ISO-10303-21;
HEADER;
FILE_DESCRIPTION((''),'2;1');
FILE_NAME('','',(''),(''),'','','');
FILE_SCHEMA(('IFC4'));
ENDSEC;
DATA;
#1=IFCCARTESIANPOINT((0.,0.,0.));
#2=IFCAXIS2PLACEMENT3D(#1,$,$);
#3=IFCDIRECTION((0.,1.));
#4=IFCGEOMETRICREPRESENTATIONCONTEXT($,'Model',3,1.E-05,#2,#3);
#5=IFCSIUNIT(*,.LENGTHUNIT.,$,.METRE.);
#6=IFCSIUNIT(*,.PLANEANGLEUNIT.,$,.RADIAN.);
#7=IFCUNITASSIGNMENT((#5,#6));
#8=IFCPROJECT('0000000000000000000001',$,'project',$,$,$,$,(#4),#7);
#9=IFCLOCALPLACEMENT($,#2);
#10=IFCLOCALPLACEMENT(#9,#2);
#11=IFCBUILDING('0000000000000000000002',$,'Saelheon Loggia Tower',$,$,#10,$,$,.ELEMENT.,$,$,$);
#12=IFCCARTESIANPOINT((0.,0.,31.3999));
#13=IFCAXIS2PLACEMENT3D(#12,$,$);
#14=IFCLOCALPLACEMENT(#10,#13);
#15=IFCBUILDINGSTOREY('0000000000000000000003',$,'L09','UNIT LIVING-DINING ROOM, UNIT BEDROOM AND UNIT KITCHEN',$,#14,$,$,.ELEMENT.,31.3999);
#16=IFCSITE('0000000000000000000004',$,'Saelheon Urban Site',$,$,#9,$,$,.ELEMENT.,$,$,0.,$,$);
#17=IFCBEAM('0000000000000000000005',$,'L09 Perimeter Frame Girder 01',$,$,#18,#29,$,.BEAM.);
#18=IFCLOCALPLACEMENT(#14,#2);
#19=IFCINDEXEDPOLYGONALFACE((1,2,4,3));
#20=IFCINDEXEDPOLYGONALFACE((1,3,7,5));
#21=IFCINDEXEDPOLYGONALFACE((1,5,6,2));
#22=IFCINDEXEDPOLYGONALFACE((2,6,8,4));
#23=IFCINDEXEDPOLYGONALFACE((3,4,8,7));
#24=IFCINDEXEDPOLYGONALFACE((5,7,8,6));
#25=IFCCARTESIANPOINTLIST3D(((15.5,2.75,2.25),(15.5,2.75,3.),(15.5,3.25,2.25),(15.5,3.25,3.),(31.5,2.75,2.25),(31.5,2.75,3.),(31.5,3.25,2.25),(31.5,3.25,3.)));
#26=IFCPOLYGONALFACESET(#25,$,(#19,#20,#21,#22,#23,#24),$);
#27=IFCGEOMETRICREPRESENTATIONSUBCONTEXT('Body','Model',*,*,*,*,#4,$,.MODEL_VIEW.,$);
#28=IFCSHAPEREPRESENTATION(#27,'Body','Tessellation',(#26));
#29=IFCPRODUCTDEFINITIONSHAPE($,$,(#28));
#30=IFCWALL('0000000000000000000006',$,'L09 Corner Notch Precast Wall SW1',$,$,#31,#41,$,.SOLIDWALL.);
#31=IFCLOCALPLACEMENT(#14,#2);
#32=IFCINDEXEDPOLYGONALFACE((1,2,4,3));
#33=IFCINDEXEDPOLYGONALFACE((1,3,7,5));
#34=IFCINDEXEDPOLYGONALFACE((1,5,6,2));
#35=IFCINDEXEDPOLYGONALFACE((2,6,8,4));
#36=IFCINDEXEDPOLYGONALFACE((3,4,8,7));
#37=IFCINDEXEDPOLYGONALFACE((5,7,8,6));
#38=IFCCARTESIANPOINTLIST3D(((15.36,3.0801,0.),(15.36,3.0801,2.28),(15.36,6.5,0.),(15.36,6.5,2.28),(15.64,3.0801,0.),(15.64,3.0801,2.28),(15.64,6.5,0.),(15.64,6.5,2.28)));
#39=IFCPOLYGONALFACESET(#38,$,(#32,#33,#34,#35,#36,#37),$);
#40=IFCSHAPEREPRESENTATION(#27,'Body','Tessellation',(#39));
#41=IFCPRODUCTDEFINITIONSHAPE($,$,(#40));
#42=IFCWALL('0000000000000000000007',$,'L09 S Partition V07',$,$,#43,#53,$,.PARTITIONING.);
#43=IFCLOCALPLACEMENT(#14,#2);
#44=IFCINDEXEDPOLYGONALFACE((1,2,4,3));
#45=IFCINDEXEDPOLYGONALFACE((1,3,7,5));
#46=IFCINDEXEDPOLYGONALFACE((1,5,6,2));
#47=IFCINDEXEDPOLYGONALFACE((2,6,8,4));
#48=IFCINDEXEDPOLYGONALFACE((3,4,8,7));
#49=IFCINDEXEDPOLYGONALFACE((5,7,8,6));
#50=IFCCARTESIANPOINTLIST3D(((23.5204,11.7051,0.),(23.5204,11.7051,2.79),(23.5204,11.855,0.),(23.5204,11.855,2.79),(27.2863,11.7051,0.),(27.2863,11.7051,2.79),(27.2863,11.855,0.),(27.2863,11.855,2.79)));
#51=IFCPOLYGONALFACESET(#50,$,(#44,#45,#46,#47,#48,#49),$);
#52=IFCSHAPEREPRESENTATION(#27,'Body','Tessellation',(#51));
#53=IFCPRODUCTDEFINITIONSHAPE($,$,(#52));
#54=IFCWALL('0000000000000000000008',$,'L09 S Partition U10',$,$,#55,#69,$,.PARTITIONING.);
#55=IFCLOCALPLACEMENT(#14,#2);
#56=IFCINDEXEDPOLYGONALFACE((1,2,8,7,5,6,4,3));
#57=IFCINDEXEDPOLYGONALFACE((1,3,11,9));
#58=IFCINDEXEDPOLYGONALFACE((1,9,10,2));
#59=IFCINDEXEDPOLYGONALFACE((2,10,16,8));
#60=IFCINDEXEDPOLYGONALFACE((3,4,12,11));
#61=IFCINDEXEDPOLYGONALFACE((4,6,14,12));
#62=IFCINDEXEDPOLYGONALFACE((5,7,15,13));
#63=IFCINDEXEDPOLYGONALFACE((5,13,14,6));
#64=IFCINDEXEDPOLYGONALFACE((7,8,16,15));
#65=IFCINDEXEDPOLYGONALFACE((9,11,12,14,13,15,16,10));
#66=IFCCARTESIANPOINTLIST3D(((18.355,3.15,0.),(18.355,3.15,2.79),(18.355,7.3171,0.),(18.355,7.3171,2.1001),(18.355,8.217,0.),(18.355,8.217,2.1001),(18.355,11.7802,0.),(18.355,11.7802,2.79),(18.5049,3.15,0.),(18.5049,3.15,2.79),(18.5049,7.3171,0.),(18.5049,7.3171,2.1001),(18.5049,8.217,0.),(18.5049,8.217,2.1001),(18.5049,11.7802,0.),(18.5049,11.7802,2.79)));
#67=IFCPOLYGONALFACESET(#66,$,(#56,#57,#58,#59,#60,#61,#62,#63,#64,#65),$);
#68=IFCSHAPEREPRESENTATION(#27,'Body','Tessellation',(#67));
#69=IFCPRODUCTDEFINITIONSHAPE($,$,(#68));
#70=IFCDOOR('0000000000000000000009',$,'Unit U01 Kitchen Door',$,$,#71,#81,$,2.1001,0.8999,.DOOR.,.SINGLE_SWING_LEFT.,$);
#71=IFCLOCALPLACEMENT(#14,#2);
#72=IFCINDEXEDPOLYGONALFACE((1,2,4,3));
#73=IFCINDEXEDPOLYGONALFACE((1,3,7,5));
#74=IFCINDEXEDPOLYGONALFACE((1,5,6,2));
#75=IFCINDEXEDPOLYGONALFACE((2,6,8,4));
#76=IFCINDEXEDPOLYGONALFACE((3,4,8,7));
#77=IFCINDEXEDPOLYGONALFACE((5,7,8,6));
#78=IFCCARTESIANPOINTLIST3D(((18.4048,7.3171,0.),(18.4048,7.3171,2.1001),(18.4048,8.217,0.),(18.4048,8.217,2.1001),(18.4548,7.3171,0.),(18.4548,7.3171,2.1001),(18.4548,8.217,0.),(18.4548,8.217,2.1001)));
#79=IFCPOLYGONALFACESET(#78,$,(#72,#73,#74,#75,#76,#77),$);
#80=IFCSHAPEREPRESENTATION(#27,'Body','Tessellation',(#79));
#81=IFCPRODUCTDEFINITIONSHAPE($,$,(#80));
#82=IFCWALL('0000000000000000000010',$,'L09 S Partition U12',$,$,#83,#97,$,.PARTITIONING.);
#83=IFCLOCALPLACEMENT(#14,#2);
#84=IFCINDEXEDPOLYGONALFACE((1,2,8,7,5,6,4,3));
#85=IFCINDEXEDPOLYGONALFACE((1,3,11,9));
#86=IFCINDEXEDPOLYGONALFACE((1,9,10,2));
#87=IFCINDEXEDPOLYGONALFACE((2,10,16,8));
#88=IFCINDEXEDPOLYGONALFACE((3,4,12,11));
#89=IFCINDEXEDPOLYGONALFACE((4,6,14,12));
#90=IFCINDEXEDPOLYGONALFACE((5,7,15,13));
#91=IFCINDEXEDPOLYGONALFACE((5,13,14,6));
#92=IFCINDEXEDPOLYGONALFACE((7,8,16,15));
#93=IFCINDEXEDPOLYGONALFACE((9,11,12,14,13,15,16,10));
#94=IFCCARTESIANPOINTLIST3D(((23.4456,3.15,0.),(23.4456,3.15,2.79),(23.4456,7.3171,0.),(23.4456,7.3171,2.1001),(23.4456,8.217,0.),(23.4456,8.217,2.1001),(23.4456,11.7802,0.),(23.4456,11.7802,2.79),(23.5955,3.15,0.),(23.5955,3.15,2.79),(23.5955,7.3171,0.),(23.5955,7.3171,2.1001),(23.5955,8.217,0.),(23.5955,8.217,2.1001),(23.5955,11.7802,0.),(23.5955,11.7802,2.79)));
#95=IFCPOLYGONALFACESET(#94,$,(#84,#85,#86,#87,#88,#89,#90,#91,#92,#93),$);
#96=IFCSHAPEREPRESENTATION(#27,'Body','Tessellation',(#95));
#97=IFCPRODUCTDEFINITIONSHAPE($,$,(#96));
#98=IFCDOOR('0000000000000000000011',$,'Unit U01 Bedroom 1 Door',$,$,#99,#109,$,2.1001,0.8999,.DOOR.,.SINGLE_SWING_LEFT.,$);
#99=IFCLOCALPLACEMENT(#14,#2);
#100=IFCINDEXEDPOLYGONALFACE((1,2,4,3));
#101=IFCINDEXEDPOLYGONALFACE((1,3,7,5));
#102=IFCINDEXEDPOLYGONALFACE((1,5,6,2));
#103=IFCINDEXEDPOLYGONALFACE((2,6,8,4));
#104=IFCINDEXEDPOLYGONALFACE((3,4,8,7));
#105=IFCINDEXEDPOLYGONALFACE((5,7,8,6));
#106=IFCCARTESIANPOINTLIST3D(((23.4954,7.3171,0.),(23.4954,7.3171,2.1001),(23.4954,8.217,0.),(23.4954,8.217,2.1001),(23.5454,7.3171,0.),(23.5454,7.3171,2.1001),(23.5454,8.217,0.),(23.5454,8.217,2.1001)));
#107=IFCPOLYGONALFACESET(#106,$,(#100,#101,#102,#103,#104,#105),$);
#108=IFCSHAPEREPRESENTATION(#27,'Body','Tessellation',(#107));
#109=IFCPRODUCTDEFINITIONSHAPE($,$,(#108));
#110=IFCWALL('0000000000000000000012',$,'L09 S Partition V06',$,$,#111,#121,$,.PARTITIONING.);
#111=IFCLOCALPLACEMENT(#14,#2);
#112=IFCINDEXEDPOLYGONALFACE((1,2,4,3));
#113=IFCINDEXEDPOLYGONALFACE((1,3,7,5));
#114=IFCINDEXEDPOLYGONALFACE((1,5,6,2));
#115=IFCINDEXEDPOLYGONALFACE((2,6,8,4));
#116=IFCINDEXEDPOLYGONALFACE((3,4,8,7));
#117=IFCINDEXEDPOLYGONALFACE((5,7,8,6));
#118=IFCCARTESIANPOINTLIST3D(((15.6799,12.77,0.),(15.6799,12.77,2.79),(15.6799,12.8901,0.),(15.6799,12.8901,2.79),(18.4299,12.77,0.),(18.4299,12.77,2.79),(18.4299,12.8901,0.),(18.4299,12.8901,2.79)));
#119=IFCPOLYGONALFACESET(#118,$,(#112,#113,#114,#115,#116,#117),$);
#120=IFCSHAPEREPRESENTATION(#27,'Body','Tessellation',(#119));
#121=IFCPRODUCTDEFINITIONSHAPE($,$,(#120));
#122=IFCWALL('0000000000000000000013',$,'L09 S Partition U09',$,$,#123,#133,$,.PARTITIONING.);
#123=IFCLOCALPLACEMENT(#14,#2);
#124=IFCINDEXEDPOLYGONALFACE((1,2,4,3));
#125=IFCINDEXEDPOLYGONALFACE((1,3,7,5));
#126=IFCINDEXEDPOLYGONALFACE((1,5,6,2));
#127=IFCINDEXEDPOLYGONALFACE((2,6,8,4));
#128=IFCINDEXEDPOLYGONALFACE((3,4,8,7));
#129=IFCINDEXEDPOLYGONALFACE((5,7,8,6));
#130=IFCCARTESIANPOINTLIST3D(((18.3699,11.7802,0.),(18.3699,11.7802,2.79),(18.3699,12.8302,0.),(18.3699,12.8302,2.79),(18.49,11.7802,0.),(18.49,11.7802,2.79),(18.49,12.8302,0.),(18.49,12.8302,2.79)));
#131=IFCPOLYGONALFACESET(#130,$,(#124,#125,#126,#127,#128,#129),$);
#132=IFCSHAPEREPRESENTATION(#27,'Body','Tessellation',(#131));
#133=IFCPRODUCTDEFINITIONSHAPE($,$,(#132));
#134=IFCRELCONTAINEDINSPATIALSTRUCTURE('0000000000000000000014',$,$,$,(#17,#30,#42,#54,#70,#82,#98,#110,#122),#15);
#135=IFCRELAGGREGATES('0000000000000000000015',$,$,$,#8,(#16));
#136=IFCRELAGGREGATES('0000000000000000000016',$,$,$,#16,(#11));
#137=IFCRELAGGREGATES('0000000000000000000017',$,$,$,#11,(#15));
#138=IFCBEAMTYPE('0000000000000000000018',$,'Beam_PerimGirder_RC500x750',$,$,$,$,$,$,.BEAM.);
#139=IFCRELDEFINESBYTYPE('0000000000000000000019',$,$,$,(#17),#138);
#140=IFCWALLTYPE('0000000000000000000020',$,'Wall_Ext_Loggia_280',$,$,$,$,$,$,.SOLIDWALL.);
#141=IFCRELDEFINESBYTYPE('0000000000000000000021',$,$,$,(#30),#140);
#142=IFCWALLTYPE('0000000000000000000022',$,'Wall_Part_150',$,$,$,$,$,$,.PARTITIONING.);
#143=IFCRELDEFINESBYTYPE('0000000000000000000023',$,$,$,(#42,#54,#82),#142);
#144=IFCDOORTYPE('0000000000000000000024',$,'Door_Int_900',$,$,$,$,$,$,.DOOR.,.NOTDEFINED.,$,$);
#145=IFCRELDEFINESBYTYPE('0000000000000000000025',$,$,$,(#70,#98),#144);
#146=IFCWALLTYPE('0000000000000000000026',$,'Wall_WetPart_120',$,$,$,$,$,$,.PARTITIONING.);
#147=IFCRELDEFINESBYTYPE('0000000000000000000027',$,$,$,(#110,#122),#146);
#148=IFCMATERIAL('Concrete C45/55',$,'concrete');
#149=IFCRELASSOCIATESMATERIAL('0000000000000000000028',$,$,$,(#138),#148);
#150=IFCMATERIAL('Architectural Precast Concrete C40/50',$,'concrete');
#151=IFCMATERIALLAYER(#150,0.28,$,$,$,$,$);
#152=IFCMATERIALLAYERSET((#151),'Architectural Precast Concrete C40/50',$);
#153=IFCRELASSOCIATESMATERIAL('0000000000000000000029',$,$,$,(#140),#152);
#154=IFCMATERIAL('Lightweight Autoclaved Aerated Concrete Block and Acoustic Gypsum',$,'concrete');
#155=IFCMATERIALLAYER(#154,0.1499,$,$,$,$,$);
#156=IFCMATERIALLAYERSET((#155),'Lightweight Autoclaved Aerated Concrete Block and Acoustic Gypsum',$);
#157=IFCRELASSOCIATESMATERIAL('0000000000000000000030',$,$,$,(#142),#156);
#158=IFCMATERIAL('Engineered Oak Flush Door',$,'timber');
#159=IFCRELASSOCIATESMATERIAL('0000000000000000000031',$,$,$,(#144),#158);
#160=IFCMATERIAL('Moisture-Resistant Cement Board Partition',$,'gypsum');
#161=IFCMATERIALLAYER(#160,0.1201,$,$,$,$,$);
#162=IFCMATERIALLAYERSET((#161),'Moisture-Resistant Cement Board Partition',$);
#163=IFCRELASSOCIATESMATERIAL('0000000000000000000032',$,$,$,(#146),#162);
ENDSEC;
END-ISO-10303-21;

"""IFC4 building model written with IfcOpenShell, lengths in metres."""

from ifc_helpers import new_model, si_unit, direction, frame, frame_2d, origin, origin_2d, place, context, subcontext, project, spatial, rectangle, extrude, source, transform, mapped, material, layer, layer_set, material_profile, profile_set, type_object, element, fill, save


model = new_model("IFC4")

# Units and contexts
model_context = context("Model", 3, precision=1e-05, world=origin(), true_north=direction((0.0, 1.0)))
body_context = subcontext(model_context, "Body", "Model", "MODEL_VIEW")
ifc_project = project(units=[si_unit("LENGTHUNIT", "METRE"), si_unit("PLANEANGLEUNIT", "RADIAN")], contexts=[model_context])

# Site, building, storey
site_placement = place(None, origin())
site = spatial("IfcSite", under=ifc_project, at=site_placement, Name="Saelheon Urban Site", CompositionType="ELEMENT", RefElevation=0.0)
building_placement = place(site_placement, origin())
building = spatial("IfcBuilding", under=site, at=building_placement, Name="Saelheon Loggia Tower", CompositionType="ELEMENT")
storey_placement = place(building_placement, frame((0.0, 0.0, 31.3999)))
storey = spatial("IfcBuildingStorey", under=building, at=storey_placement, Name="L09", Description="UNIT LIVING-DINING ROOM, UNIT BEDROOM AND UNIT KITCHEN", CompositionType="ELEMENT", Elevation=31.3999)

# Beam
ifc_material_1 = material(Name="Concrete C45/55", Category="concrete")
ifc_material_profile = material_profile(ifc_material_1, rectangle(XDim=0.5, YDim=0.75, at=origin_2d()), Name="RC-500x750")
ifc_profile_set = profile_set([ifc_material_profile], Name="Concrete C45/55")
beam_type = type_object("IfcBeamType", Name="Beam_PerimGirder_RC500x750", PredefinedType="BEAM", material=ifc_profile_set)
shared_shape_1 = source(origin(), body_context, "Body", "SweptSolid", [
    extrude(rectangle(XDim=0.5, YDim=0.75, at=origin_2d()), origin(), (0.0, 0.0, 1.0), 16.0),
])
beam_placement = place(storey_placement, frame((15.5, 3.0, 2.625), z_axis=(1.0, 0.0, 0.0), x_axis=(0.0, 1.0, 0.0)))
element("IfcBeam", 1, at=beam_placement, inside=storey, type_object=beam_type, Name="L09 Perimeter Frame Girder 01", PredefinedType="BEAM", context=body_context, shape_type="MappedRepresentation", body=[
    mapped(shared_shape_1, transform((0.0, 0.0, 0.0), scale=1.0)),
])

# Shared definitions
ifc_material_2 = material(Name="Architectural Precast Concrete C40/50", Category="concrete")
ifc_layer_1 = layer(ifc_material_2, 0.28)
ifc_layer_set_1 = layer_set([ifc_layer_1], Name="Architectural Precast Concrete C40/50")
wall_type_1 = type_object("IfcWallType", Name="Wall_Ext_Loggia_280", PredefinedType="SOLIDWALL", material=ifc_layer_set_1)

# Walls
wall_1_placement = place(storey_placement, frame((15.5, 3.0801, 0.0), z_axis=(0.0, 0.0, 1.0), x_axis=(0.0, 1.0, 0.0)))
element("IfcWall", 2, at=wall_1_placement, inside=storey, type_object=wall_type_1, Name="L09 Corner Notch Precast Wall SW1", PredefinedType="SOLIDWALL", context=body_context, shape_type="SweptSolid", body=[
    extrude(rectangle(XDim=3.4199, YDim=0.28, at=frame_2d((1.71, 0.0))), origin(), (0.0, 0.0, 1.0), 2.28),
])
ifc_material_3 = material(Name="Lightweight Autoclaved Aerated Concrete Block and Acoustic Gypsum", Category="concrete")
ifc_layer_2 = layer(ifc_material_3, 0.1499)
ifc_layer_set_2 = layer_set([ifc_layer_2], Name="Lightweight Autoclaved Aerated Concrete Block and Acoustic Gypsum")
wall_type_2 = type_object("IfcWallType", Name="Wall_Part_150", PredefinedType="PARTITIONING", material=ifc_layer_set_2)
wall_2_placement = place(storey_placement, frame((23.5205, 11.78, 0.0), z_axis=(0.0, 0.0, 1.0), x_axis=(1.0, 0.0, 0.0)))
element("IfcWall", 3, at=wall_2_placement, inside=storey, type_object=wall_type_2, Name="L09 S Partition V07", PredefinedType="PARTITIONING", context=body_context, shape_type="SweptSolid", body=[
    extrude(rectangle(XDim=3.7659, YDim=0.1499, at=frame_2d((1.8828, 0.0))), origin(), (0.0, 0.0, 1.0), 2.79),
])

# Walls, openings, doors
wall_3_placement = place(storey_placement, frame((18.4299, 11.78, 0.0), z_axis=(0.0, 0.0, 1.0), x_axis=(0.0, -1.0, 0.0)))
wall_3 = element("IfcWall", 4, at=wall_3_placement, inside=storey, type_object=wall_type_2, Name="L09 S Partition U10", PredefinedType="PARTITIONING", context=body_context, shape_type="SweptSolid", body=[
    extrude(rectangle(XDim=8.6301, YDim=0.1499, at=frame_2d((4.3149, 0.0))), origin(), (0.0, 0.0, 1.0), 2.79),
])
opening_1_placement = place(wall_3_placement, frame((3.563, 0.0, 0.0)))
opening_1 = element("IfcOpeningElement", 5, at=opening_1_placement, cuts=wall_3, PredefinedType="OPENING", context=body_context, shape_type="SweptSolid", body=[
    extrude(rectangle(XDim=0.8999, YDim=2.1001, at=frame_2d((0.45, 1.05))), frame((0.0, 0.0869, 0.0), z_axis=(0.0, -1.0, 0.0), x_axis=(1.0, 0.0, 0.0)), (0.0, 0.0, 1.0), 0.1738),
])
ifc_material_4 = material(Name="Engineered Oak Flush Door", Category="timber")
door_type_1 = type_object("IfcDoorType", Name="Door_Int_900", OperationType="NOTDEFINED", PredefinedType="DOOR", material=ifc_material_4)
shared_shape_2 = source(origin(), body_context, "Body", "SweptSolid", [
    extrude(rectangle(XDim=0.8999, YDim=2.1001, at=frame_2d((0.45, 1.05))), frame((0.0, 0.0249, 0.0), z_axis=(0.0, -1.0, 0.0), x_axis=(1.0, 0.0, 0.0)), (0.0, 0.0, 1.0), 0.05),
])
door_1_placement = place(opening_1_placement, origin())
door_1 = element("IfcDoor", 6, at=door_1_placement, inside=storey, type_object=door_type_1, Name="Unit U01 Kitchen Door", OperationType="SINGLE_SWING_LEFT", OverallHeight=2.1001, OverallWidth=0.8999, PredefinedType="DOOR", context=body_context, shape_type="MappedRepresentation", body=[
    mapped(shared_shape_2, transform((0.0, 0.0, 0.0), scale=1.0)),
])
fill(opening_1, door_1)
wall_4_placement = place(storey_placement, frame((23.5205, 11.78, 0.0), z_axis=(0.0, 0.0, 1.0), x_axis=(0.0, -1.0, 0.0)))
wall_4 = element("IfcWall", 7, at=wall_4_placement, inside=storey, type_object=wall_type_2, Name="L09 S Partition U12", PredefinedType="PARTITIONING", context=body_context, shape_type="SweptSolid", body=[
    extrude(rectangle(XDim=8.6301, YDim=0.1499, at=frame_2d((4.3149, 0.0))), origin(), (0.0, 0.0, 1.0), 2.79),
])
opening_2_placement = place(wall_4_placement, frame((3.563, 0.0, 0.0)))
opening_2 = element("IfcOpeningElement", 8, at=opening_2_placement, cuts=wall_4, PredefinedType="OPENING", context=body_context, shape_type="SweptSolid", body=[
    extrude(rectangle(XDim=0.8999, YDim=2.1001, at=frame_2d((0.45, 1.05))), frame((0.0, 0.0869, 0.0), z_axis=(0.0, -1.0, 0.0), x_axis=(1.0, 0.0, 0.0)), (0.0, 0.0, 1.0), 0.1738),
])
door_2_placement = place(opening_2_placement, origin())
door_2 = element("IfcDoor", 9, at=door_2_placement, inside=storey, type_object=door_type_1, Name="Unit U01 Bedroom 1 Door", OperationType="SINGLE_SWING_LEFT", OverallHeight=2.1001, OverallWidth=0.8999, PredefinedType="DOOR", context=body_context, shape_type="MappedRepresentation", body=[
    mapped(shared_shape_2, transform((0.0, 0.0, 0.0), scale=1.0)),
])
fill(opening_2, door_2)

# Walls
ifc_material_5 = material(Name="Moisture-Resistant Cement Board Partition", Category="gypsum")
ifc_layer_3 = layer(ifc_material_5, 0.1201)
ifc_layer_set_3 = layer_set([ifc_layer_3], Name="Moisture-Resistant Cement Board Partition")
wall_type_3 = type_object("IfcWallType", Name="Wall_WetPart_120", PredefinedType="PARTITIONING", material=ifc_layer_set_3)
wall_5_placement = place(storey_placement, frame((15.6799, 12.8301, 0.0), z_axis=(0.0, 0.0, 1.0), x_axis=(1.0, 0.0, 0.0)))
element("IfcWall", 10, at=wall_5_placement, inside=storey, type_object=wall_type_3, Name="L09 S Partition V06", PredefinedType="PARTITIONING", context=body_context, shape_type="SweptSolid", body=[
    extrude(rectangle(XDim=2.75, YDim=0.1201, at=frame_2d((1.375, 0.0))), origin(), (0.0, 0.0, 1.0), 2.79),
])
wall_6_placement = place(storey_placement, frame((18.4299, 12.8301, 0.0), z_axis=(0.0, 0.0, 1.0), x_axis=(0.0, -1.0, 0.0)))
element("IfcWall", 11, at=wall_6_placement, inside=storey, type_object=wall_type_3, Name="L09 S Partition U09", PredefinedType="PARTITIONING", context=body_context, shape_type="SweptSolid", body=[
    extrude(rectangle(XDim=1.05, YDim=0.1201, at=frame_2d((0.5249, 0.0))), origin(), (0.0, 0.0, 1.0), 2.79),
])

save(model, "model.ifc")
